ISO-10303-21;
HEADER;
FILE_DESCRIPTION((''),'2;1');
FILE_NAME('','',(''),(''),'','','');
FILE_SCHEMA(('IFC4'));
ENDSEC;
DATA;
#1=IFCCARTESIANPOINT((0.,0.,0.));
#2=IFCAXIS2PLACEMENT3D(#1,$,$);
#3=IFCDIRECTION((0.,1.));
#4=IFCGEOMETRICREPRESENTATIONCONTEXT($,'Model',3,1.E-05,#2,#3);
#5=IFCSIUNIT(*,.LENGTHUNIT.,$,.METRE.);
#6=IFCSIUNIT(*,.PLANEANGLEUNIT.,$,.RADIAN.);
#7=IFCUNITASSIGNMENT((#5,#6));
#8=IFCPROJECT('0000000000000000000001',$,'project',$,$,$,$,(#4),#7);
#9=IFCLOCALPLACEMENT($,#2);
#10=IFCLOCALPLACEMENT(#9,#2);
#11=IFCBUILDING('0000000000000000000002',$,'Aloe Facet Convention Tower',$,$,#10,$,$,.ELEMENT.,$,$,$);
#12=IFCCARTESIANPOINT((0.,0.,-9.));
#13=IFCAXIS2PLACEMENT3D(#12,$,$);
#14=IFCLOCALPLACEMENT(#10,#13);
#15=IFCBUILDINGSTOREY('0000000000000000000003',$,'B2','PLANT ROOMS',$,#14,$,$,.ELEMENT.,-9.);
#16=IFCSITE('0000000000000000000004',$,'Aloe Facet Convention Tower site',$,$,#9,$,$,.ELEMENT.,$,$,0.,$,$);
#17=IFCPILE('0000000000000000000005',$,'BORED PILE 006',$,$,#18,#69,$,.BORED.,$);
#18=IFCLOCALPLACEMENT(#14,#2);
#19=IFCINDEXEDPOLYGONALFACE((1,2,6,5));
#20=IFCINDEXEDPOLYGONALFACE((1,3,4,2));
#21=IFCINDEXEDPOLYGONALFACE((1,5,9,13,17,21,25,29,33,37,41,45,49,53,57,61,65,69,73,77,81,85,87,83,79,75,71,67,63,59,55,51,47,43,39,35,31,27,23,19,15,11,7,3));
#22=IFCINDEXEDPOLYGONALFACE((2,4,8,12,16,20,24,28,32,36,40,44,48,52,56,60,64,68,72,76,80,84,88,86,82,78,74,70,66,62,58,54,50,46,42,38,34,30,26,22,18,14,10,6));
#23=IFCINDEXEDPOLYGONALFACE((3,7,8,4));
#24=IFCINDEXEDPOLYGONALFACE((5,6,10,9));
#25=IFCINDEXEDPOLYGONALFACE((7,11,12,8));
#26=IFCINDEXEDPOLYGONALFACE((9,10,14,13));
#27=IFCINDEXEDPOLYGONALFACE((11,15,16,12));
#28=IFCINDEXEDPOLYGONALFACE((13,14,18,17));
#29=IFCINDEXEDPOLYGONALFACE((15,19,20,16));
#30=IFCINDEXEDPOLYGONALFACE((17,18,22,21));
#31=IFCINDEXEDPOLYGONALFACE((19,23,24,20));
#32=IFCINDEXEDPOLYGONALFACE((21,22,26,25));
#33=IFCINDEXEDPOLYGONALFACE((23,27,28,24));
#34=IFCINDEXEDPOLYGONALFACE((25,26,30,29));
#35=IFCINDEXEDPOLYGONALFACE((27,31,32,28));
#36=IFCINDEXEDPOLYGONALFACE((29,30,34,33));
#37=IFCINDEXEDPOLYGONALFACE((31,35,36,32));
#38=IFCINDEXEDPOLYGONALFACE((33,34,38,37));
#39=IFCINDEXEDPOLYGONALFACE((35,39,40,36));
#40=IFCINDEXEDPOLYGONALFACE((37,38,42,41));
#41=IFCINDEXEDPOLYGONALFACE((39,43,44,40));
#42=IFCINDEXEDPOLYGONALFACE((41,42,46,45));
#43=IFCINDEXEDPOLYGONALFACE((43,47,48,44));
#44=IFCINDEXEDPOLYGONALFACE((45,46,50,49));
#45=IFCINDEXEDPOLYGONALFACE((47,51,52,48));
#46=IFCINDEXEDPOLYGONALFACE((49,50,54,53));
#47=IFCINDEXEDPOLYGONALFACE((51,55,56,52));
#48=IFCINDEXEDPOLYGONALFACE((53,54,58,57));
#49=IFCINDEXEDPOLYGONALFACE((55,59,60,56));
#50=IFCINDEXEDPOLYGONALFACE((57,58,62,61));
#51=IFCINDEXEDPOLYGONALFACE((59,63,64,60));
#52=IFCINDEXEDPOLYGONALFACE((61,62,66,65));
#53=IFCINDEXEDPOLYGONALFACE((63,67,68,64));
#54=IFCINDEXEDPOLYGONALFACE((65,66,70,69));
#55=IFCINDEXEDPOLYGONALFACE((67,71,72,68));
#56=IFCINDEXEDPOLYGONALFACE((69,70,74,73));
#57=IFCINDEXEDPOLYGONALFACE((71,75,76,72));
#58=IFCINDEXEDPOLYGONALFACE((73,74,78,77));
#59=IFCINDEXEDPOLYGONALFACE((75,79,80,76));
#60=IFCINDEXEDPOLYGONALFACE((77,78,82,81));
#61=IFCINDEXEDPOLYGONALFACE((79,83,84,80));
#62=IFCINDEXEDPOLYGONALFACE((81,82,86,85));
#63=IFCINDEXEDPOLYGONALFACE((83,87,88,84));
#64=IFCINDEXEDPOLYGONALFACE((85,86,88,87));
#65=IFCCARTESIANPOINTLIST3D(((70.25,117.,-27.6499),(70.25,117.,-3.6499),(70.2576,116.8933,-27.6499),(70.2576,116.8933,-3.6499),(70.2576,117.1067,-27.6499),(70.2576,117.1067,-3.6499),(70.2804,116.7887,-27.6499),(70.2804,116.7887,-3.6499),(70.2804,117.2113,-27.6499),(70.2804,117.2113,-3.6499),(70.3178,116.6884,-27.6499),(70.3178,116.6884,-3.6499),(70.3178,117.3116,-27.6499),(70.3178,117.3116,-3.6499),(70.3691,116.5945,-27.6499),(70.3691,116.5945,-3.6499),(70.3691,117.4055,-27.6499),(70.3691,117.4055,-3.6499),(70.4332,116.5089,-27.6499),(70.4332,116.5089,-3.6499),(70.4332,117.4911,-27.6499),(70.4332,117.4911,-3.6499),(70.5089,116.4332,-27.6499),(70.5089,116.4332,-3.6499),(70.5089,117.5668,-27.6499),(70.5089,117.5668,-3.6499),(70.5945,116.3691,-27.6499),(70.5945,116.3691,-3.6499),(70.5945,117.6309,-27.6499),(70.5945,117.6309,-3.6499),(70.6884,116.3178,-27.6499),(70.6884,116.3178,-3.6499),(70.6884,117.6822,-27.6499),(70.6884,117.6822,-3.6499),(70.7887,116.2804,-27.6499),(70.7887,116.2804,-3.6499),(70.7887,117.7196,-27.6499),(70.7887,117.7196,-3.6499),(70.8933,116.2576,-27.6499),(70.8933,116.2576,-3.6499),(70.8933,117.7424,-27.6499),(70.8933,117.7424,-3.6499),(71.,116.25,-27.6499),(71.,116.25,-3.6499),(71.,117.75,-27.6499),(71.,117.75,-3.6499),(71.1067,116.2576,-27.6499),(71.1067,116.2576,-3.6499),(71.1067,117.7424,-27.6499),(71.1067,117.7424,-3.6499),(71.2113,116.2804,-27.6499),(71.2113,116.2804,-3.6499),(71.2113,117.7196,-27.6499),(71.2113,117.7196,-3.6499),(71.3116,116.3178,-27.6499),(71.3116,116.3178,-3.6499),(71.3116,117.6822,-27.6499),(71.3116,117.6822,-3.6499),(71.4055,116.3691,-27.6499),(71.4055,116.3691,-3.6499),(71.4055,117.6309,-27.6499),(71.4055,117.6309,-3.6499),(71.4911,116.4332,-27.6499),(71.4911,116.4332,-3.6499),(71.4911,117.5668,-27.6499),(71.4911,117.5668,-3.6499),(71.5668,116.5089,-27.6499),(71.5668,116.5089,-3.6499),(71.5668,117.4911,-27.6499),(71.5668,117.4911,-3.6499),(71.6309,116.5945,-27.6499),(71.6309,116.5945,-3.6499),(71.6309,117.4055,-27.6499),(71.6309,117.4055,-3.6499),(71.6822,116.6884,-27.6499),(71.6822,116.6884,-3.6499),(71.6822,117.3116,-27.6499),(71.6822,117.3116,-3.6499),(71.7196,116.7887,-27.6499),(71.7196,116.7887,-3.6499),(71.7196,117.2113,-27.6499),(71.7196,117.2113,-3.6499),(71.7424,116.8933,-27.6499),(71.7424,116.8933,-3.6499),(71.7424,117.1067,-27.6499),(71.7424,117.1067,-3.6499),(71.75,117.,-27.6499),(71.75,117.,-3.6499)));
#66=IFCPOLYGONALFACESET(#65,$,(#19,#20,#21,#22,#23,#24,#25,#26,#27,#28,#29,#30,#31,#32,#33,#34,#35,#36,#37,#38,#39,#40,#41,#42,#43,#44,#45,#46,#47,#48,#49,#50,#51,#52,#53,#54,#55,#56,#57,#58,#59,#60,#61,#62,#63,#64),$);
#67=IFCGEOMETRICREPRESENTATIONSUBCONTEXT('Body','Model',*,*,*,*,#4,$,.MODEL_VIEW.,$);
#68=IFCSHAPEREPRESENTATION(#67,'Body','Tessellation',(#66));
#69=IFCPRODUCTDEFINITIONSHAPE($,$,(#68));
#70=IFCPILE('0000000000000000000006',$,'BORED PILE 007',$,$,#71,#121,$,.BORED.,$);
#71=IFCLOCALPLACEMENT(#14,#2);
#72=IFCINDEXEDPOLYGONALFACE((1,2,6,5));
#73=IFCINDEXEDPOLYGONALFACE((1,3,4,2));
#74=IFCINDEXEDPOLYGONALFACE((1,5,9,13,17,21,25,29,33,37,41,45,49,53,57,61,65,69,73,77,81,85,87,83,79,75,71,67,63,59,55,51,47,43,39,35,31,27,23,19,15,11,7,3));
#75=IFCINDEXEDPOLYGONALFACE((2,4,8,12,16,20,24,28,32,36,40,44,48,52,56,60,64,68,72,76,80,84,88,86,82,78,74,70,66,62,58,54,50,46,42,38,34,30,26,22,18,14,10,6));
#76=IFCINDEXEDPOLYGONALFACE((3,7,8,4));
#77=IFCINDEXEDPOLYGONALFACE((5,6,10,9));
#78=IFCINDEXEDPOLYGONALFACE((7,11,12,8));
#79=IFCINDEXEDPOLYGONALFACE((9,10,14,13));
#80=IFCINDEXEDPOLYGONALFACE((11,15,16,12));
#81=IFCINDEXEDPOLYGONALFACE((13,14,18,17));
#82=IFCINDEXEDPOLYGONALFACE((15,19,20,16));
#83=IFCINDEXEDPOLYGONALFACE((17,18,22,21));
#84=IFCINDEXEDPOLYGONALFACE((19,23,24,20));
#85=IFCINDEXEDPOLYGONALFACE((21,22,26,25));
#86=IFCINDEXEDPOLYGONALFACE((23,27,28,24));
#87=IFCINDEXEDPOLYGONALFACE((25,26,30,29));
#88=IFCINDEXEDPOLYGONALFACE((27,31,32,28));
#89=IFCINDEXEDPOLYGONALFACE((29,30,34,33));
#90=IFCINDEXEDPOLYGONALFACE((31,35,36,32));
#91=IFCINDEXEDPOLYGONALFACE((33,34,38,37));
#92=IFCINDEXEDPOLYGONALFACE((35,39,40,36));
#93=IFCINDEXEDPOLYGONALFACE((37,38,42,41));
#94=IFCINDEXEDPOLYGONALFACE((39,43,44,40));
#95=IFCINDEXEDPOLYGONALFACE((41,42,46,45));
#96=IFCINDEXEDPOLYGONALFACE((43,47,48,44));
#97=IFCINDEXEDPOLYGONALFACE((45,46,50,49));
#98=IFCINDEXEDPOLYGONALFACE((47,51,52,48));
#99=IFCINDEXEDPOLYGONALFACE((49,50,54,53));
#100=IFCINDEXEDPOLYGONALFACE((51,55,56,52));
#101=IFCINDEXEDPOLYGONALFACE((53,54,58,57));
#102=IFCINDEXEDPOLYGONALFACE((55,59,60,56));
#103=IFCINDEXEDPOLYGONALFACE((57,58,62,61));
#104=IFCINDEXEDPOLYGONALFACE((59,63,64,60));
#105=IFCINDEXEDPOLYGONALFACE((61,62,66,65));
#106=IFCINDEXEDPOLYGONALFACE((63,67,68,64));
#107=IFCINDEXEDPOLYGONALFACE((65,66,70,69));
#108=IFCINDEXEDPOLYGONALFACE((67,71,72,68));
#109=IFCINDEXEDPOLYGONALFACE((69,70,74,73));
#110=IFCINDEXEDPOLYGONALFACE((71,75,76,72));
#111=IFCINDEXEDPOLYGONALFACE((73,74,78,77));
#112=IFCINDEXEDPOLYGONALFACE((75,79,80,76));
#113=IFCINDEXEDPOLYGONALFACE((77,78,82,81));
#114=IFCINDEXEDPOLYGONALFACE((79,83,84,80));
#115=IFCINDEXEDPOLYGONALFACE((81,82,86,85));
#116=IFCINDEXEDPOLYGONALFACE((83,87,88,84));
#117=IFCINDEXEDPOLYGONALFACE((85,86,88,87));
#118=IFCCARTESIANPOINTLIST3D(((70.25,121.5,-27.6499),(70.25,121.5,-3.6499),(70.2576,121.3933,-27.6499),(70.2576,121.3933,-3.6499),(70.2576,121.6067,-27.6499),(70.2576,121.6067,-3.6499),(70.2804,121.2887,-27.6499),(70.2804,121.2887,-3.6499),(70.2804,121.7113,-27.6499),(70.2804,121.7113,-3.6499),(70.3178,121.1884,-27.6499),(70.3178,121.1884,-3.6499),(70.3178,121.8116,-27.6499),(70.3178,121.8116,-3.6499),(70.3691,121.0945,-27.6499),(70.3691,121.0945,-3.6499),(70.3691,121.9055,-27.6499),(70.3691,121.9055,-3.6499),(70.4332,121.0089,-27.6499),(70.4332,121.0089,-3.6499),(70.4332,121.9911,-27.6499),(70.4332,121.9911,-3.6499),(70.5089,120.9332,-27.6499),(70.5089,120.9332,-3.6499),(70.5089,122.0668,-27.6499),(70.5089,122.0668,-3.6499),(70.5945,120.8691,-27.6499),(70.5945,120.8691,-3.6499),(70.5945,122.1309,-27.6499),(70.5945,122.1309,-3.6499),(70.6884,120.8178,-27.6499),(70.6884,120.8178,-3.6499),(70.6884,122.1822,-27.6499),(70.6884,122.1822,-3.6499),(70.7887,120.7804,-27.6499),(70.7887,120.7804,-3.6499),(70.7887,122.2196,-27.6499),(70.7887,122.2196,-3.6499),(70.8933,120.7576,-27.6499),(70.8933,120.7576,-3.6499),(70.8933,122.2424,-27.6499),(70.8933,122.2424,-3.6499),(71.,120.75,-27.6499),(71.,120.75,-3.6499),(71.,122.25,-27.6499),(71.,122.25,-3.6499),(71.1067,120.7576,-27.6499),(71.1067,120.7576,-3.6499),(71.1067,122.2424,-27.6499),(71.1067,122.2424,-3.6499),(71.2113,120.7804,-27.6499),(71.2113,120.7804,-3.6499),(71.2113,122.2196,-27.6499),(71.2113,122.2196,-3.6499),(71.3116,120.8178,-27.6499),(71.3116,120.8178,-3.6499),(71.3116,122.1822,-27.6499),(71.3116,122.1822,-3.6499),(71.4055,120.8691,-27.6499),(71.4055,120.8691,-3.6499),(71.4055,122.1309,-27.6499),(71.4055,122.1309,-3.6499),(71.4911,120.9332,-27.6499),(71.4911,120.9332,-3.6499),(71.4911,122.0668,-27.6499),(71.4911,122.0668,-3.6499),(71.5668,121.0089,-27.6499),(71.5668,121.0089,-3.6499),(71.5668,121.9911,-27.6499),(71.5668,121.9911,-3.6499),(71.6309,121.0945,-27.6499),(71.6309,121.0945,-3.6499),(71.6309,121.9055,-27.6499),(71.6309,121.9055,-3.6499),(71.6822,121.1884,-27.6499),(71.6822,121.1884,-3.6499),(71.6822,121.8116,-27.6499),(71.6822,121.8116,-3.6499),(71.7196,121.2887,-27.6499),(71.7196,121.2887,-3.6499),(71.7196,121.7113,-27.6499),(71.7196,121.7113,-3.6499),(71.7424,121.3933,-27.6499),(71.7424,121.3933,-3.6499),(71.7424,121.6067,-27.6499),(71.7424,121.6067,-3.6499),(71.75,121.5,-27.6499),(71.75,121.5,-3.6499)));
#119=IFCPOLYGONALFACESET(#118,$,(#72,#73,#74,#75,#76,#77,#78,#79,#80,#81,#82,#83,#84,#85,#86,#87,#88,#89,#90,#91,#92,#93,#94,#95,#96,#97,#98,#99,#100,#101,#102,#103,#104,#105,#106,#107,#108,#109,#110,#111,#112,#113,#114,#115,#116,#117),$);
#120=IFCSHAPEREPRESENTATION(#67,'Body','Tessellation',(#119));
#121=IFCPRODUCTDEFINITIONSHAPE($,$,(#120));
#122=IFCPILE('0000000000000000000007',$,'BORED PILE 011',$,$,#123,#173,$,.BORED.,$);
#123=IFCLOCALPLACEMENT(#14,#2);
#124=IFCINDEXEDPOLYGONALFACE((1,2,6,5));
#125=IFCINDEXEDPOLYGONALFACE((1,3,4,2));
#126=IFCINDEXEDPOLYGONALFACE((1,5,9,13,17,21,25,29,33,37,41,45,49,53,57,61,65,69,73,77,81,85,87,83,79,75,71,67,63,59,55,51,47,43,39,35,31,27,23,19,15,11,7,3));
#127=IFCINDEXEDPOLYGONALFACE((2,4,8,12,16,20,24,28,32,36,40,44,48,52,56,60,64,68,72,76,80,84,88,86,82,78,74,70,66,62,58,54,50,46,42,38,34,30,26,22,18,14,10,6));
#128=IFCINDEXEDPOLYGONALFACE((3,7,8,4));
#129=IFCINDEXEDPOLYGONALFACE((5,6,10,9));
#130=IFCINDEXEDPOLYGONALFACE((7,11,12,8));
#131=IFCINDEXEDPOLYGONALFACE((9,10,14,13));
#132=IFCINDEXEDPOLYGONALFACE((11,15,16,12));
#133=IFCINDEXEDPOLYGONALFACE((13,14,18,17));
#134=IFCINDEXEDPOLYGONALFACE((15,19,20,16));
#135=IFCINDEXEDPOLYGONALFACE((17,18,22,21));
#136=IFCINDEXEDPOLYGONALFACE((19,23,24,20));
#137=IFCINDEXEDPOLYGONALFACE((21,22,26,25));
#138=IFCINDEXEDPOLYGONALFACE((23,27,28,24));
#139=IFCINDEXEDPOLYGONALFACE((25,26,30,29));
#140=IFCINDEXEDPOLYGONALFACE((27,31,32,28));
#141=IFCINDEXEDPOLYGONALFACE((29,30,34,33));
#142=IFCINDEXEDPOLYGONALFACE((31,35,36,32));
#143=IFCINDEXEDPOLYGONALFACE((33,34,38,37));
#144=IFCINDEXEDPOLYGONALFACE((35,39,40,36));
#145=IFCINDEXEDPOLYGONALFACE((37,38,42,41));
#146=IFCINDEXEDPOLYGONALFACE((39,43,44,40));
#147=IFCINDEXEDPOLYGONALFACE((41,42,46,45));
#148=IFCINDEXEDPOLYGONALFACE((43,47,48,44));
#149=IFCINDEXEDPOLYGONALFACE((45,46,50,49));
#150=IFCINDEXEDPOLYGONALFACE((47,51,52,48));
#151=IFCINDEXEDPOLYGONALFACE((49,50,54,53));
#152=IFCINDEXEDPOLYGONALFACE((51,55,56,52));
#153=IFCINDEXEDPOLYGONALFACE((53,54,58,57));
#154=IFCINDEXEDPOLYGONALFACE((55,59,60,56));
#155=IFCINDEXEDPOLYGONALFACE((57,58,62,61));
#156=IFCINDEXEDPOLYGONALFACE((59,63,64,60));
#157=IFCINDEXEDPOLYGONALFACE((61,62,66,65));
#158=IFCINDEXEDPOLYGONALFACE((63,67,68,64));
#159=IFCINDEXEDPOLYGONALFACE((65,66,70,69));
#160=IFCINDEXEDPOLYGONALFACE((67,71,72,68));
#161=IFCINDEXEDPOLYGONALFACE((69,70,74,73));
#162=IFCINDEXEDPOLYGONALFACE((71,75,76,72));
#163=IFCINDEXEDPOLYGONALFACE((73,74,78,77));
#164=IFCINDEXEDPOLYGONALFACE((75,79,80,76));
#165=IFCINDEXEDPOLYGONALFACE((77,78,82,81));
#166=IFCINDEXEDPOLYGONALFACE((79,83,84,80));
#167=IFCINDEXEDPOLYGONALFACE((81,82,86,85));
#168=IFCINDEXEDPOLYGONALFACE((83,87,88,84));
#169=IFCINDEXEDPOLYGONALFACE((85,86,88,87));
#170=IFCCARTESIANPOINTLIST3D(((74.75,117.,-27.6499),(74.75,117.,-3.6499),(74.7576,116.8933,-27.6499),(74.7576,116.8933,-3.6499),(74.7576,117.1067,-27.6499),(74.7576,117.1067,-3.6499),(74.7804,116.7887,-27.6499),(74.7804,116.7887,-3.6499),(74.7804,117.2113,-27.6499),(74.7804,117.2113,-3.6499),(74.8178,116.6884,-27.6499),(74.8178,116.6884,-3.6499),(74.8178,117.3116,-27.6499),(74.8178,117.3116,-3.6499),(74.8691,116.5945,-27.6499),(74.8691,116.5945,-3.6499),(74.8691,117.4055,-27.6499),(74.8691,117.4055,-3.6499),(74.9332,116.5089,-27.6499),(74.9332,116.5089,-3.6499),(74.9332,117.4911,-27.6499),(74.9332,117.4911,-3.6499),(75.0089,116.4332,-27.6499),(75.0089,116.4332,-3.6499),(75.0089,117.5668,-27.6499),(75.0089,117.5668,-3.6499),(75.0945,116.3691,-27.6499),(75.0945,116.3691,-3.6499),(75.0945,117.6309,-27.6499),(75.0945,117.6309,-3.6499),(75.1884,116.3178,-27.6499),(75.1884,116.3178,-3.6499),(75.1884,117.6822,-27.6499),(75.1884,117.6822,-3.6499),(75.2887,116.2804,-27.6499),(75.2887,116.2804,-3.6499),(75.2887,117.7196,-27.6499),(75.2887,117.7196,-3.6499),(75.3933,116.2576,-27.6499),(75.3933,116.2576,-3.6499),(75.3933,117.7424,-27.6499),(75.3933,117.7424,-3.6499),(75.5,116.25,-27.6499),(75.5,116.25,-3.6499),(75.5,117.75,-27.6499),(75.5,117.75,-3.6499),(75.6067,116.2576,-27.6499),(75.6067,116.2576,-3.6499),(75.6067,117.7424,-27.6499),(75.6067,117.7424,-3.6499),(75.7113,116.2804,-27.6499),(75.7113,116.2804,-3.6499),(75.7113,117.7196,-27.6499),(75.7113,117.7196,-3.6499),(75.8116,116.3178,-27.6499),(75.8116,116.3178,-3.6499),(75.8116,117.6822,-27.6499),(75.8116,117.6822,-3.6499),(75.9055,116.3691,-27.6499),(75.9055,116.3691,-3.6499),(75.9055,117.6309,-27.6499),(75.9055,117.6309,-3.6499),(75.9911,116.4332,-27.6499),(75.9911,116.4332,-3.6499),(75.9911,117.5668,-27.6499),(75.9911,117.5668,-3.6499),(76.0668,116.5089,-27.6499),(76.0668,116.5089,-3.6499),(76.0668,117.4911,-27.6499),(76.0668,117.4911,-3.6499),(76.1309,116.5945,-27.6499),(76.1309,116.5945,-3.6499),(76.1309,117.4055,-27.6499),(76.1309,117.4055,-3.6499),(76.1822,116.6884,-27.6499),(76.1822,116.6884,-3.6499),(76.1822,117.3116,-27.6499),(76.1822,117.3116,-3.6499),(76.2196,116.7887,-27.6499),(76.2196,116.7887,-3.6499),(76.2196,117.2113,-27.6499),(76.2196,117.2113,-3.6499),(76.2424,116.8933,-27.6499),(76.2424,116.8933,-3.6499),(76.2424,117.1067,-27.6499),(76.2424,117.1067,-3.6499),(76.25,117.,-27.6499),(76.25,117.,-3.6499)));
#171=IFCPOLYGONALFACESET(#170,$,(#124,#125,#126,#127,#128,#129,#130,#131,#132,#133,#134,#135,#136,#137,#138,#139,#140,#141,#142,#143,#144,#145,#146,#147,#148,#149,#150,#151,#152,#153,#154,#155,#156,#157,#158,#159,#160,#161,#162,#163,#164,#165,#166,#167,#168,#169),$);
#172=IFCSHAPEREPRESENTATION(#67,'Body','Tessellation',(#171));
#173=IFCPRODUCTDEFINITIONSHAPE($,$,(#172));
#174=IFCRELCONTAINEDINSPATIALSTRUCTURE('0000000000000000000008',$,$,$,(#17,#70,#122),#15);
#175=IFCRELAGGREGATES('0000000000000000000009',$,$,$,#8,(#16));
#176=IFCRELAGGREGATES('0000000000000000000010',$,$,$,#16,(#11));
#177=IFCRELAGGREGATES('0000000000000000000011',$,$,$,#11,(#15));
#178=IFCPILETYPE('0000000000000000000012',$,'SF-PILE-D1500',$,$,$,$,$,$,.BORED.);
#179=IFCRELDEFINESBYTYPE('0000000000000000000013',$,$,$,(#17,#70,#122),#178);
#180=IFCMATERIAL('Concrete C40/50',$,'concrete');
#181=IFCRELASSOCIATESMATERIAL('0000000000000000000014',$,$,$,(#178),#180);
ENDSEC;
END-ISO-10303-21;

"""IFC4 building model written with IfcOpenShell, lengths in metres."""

from ifc_helpers import new_model, si_unit, direction, frame, origin, origin_2d, place, context, subcontext, project, spatial, circle, extrude, material, material_profile, profile_set, type_object, element, save


model = new_model("IFC4")

# Units and contexts
model_context = context("Model", 3, precision=1e-05, world=origin(), true_north=direction((0.0, 1.0)))
body_context = subcontext(model_context, "Body", "Model", "MODEL_VIEW")
ifc_project = project(units=[si_unit("LENGTHUNIT", "METRE"), si_unit("PLANEANGLEUNIT", "RADIAN")], contexts=[model_context])

# Site, building, storey
site_placement = place(None, origin())
site = spatial("IfcSite", under=ifc_project, at=site_placement, Name="Aloe Facet Convention Tower site", CompositionType="ELEMENT", RefElevation=0.0)
building_placement = place(site_placement, origin())
building = spatial("IfcBuilding", under=site, at=building_placement, Name="Aloe Facet Convention Tower", CompositionType="ELEMENT")
storey_placement = place(building_placement, frame((0.0, 0.0, -9.0)))
storey = spatial("IfcBuildingStorey", under=building, at=storey_placement, Name="B2", Description="PLANT ROOMS", CompositionType="ELEMENT", Elevation=-9.0)

# Piles
ifc_material_1 = material(Name="Concrete C40/50", Category="concrete")
ifc_material_profile_1 = material_profile(ifc_material_1, circle(Radius=0.75, at=origin_2d()), Name="D1500")
ifc_profile_set_1 = profile_set([ifc_material_profile_1], Name="Concrete C40/50")
pile_type = type_object("IfcPileType", Name="SF-PILE-D1500", PredefinedType="BORED", material=ifc_profile_set_1)
for number, where, z_axis, x_axis, name in (
    (1, (71.0, 117.0, -3.6499), (0.0, 0.0, -1.0), (1.0, 0.0, 0.0), "BORED PILE 006"),
    (2, (71.0, 121.5, -3.6499), (0.0, 0.0, -1.0), (1.0, 0.0, 0.0), "BORED PILE 007"),
    (3, (75.5, 117.0, -3.6499), (0.0, 0.0, -1.0), (1.0, 0.0, 0.0), "BORED PILE 011"),
):
    element("IfcPile", number, at=place(storey_placement, frame(where, z_axis=z_axis, x_axis=x_axis)), inside=storey, type_object=pile_type, Name=name, PredefinedType="BORED", context=body_context, shape_type="SweptSolid", body=[
        extrude(circle(Radius=0.75, at=origin_2d()), origin(), (0.0, 0.0, 1.0), 24.0),
    ])

save(model, "model.ifc")
